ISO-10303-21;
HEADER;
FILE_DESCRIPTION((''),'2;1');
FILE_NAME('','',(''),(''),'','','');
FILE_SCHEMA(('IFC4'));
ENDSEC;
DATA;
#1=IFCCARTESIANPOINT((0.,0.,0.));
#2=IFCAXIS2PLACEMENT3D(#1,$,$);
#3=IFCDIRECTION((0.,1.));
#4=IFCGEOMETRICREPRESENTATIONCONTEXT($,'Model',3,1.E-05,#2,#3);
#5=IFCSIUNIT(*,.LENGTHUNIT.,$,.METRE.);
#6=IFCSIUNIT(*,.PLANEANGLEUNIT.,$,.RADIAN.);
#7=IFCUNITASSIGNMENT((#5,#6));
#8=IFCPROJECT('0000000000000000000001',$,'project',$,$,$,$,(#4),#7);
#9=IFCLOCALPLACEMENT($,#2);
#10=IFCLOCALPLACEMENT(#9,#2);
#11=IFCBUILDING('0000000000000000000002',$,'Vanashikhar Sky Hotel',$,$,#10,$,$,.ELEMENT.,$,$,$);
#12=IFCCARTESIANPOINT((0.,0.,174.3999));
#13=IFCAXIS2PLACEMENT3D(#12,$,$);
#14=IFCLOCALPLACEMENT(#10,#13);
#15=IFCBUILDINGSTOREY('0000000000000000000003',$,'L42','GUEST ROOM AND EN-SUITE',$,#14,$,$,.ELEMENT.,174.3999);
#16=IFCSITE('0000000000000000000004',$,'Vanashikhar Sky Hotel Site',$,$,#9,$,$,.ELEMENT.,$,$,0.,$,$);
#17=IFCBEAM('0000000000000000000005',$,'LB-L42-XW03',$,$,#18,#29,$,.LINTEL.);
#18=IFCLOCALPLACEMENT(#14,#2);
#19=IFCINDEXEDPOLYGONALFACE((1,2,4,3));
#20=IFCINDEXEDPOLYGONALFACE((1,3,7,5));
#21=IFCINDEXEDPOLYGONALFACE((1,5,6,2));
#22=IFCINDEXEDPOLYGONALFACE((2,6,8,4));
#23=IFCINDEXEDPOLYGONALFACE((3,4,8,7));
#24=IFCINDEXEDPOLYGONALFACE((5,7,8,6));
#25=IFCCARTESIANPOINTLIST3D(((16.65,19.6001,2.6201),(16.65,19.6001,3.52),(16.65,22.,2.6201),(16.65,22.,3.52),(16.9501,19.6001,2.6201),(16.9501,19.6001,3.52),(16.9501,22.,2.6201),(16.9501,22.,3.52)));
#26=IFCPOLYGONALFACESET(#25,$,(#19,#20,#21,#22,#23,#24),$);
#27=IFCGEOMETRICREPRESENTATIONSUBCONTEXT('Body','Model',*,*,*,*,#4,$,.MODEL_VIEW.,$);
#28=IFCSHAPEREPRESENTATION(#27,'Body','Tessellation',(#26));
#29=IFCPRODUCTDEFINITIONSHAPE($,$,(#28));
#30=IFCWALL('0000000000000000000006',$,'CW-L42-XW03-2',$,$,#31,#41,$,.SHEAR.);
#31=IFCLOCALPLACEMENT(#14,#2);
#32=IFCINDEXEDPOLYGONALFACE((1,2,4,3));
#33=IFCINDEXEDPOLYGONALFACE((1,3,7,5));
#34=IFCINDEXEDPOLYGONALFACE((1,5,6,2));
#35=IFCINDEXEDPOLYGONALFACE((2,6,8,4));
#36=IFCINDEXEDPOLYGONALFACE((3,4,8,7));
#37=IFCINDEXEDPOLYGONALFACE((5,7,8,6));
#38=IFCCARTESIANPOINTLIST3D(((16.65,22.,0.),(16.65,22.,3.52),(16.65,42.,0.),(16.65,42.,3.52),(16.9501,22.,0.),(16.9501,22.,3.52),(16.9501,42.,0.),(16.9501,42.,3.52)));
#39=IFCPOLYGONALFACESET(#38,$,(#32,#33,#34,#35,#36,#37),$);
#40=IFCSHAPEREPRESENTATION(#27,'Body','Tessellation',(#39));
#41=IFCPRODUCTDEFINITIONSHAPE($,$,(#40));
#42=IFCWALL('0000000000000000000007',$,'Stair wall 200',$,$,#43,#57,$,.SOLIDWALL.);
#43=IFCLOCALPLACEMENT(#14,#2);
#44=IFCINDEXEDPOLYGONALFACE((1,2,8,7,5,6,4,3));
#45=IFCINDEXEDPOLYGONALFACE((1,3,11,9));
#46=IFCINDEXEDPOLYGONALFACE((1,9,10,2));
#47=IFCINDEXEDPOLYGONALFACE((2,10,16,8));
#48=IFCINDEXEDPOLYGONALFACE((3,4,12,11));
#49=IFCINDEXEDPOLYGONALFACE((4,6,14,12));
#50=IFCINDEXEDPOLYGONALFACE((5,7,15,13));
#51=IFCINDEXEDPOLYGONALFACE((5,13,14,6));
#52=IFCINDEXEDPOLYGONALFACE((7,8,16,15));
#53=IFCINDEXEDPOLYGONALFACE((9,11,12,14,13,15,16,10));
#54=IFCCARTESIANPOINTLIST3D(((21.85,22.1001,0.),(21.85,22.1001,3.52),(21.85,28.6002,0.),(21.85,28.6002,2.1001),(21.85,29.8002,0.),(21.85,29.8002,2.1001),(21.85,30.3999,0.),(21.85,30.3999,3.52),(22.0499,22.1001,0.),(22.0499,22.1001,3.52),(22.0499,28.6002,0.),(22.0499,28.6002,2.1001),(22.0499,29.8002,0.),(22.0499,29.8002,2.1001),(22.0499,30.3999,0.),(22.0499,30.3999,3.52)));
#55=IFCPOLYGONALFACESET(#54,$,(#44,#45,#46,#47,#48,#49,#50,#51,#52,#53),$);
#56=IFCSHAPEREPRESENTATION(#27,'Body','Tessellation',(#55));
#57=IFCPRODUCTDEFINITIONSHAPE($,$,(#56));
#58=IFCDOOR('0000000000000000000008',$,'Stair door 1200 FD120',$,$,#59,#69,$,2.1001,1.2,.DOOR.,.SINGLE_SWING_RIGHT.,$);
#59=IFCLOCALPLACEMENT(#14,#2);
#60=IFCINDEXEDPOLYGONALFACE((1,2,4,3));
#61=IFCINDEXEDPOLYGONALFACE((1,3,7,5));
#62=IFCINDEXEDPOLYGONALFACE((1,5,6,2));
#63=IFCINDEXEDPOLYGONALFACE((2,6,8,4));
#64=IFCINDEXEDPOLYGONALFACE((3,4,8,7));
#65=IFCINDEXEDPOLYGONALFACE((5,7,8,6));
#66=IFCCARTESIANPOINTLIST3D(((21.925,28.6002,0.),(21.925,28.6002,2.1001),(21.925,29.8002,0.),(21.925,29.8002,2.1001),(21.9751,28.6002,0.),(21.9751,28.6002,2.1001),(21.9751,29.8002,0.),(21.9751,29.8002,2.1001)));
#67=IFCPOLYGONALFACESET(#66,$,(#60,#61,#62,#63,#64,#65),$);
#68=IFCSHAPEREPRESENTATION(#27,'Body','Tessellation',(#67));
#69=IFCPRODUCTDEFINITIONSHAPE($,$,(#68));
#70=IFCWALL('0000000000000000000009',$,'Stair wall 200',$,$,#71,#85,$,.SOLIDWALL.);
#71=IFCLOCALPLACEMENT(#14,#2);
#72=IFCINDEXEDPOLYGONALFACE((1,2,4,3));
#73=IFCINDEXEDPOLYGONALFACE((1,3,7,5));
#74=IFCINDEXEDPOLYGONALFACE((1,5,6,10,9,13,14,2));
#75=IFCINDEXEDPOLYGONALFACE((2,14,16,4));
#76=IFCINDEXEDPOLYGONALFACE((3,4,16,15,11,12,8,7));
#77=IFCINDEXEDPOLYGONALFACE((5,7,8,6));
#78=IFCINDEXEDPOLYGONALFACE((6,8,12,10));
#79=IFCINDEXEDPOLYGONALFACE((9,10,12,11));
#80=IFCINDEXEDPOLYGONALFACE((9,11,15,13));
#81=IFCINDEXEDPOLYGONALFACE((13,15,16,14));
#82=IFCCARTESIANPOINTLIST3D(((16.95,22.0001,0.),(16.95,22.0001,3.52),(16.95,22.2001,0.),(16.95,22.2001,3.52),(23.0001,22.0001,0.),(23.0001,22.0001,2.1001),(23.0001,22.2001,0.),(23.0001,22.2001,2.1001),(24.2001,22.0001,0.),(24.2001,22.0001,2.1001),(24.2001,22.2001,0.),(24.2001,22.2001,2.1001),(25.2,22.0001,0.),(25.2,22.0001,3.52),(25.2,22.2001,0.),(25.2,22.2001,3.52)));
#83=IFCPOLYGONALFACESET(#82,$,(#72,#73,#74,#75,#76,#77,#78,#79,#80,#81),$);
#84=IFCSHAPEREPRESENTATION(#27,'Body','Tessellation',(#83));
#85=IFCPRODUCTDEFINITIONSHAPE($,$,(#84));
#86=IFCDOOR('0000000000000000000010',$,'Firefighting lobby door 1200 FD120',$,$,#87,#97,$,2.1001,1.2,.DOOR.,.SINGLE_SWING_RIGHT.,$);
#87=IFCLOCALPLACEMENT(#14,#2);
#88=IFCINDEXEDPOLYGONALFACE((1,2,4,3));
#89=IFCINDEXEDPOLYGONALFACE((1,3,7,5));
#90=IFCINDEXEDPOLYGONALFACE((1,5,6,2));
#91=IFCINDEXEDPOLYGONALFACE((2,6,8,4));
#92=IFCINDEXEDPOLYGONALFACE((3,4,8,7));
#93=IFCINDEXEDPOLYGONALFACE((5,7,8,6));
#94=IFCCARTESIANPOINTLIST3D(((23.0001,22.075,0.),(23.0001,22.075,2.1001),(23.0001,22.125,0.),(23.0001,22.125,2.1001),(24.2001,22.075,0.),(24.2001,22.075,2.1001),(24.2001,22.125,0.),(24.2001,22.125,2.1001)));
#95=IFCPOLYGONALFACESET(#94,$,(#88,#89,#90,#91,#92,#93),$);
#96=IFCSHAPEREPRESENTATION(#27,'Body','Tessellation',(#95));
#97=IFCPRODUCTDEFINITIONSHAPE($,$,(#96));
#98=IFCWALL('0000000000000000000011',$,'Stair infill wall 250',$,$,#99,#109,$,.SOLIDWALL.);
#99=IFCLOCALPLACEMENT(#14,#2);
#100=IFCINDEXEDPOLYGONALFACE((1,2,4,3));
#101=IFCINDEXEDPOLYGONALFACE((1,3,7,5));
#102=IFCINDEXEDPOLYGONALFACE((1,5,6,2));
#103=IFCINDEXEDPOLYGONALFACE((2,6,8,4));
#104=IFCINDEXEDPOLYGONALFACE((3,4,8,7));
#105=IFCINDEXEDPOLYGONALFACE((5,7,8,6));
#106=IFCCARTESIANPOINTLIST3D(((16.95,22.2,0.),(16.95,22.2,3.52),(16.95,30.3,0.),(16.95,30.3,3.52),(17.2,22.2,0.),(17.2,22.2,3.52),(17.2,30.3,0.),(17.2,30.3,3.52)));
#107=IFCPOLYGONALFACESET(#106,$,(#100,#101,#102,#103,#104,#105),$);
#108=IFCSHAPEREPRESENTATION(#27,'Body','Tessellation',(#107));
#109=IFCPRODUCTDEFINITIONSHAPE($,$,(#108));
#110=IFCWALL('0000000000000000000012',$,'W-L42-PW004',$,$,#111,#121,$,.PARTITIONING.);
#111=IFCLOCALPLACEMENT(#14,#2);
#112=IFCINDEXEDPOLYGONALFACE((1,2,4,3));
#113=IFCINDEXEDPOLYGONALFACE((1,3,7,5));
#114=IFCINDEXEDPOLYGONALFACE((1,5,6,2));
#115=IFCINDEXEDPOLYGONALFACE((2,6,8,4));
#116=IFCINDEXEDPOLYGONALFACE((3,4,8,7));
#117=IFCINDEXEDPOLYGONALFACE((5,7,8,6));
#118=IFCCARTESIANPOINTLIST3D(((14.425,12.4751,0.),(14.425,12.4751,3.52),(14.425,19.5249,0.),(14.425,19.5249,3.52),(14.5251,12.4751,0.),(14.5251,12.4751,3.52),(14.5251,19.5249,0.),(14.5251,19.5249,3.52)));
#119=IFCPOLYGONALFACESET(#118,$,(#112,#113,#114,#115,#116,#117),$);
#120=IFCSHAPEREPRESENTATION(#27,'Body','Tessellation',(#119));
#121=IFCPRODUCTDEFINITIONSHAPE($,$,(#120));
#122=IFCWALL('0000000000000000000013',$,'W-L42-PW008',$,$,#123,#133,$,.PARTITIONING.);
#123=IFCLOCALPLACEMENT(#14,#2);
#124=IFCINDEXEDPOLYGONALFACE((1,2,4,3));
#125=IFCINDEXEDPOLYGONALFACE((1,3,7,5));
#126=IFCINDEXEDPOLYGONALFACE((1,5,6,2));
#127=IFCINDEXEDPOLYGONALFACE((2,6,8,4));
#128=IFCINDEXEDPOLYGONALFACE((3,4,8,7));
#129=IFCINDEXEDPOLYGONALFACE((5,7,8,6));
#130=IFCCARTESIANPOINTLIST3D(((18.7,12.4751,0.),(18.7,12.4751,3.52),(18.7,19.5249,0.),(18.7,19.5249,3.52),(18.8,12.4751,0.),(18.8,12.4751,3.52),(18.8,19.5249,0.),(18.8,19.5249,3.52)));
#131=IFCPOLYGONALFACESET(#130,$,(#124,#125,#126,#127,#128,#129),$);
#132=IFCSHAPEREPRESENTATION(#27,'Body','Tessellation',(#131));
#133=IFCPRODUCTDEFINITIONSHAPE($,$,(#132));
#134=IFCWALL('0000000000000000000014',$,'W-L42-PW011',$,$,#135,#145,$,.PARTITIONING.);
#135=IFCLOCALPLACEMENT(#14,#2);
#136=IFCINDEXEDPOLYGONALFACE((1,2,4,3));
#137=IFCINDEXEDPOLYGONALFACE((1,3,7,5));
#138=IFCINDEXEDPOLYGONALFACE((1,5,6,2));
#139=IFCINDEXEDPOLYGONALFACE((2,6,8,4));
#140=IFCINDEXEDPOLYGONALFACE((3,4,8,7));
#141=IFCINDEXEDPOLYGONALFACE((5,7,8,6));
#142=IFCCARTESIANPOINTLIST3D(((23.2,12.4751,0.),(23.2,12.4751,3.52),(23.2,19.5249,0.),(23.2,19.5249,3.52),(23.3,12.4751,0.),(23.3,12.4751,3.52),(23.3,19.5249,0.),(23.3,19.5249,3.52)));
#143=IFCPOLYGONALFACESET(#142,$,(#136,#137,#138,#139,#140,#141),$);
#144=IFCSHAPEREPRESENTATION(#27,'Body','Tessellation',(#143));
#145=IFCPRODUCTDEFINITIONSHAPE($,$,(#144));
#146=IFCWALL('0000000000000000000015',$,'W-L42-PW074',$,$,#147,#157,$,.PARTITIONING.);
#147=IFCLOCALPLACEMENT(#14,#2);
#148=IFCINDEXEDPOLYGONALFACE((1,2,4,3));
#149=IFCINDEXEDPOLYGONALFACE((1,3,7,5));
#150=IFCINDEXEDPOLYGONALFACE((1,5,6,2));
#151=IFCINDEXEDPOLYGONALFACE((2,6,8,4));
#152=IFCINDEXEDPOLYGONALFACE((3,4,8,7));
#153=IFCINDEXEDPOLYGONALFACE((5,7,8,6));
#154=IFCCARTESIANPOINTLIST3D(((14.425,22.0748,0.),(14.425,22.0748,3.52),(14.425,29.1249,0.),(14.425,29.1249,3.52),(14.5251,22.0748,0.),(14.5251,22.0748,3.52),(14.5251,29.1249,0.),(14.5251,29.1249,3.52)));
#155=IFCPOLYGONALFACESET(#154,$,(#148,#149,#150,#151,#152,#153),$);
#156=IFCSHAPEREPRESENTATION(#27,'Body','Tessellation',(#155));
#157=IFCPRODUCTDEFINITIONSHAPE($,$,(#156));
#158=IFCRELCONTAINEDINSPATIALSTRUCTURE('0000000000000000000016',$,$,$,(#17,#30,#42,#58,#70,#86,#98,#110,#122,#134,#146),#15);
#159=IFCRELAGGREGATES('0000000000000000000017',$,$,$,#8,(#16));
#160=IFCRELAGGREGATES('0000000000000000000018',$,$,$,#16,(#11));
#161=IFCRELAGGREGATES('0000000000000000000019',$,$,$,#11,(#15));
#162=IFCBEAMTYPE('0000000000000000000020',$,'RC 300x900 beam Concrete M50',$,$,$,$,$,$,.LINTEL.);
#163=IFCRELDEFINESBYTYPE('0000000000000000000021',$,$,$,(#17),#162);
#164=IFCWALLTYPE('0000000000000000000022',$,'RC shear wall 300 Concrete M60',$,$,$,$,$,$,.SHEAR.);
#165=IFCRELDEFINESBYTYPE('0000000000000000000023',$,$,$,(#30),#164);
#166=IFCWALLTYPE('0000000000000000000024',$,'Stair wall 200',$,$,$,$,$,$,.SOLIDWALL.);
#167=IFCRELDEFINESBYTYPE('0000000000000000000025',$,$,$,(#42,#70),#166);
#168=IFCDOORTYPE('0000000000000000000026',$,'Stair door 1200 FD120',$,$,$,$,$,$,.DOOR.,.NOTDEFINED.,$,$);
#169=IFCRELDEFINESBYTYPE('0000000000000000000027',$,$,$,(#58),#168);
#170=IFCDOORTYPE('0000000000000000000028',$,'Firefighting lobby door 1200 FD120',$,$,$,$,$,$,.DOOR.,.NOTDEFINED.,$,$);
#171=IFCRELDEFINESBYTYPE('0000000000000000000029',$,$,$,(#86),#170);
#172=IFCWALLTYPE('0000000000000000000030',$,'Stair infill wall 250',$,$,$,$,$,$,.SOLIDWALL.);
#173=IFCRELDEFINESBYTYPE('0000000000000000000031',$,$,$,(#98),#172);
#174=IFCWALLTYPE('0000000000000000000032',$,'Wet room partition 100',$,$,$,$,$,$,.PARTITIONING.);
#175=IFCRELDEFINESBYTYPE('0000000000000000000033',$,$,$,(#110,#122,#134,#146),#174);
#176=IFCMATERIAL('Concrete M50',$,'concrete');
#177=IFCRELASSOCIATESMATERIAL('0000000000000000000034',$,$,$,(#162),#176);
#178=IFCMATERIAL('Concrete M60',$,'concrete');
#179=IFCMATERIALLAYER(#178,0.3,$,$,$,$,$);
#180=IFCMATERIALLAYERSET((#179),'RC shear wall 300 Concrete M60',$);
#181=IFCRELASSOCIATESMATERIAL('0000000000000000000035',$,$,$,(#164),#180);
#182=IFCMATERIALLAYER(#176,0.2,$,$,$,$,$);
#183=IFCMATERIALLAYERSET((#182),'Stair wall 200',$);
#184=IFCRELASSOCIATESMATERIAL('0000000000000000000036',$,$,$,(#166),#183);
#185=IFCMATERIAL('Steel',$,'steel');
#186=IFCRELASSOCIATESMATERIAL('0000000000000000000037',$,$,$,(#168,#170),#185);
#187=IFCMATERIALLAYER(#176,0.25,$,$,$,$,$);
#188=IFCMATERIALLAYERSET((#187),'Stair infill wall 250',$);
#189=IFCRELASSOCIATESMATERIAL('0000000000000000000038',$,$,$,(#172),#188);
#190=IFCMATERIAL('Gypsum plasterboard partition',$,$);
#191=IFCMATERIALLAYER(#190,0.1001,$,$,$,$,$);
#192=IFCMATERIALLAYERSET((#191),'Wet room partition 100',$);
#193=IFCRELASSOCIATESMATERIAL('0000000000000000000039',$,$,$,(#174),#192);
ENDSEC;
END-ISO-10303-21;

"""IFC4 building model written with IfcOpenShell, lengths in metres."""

from ifc_helpers import new_model, si_unit, direction, frame, frame_2d, origin, origin_2d, place, context, subcontext, project, spatial, rectangle, extrude, source, transform, mapped, material, layer, layer_set, material_profile, profile_set, type_object, element, fill, save


model = new_model("IFC4")

# Units and contexts
model_context = context("Model", 3, precision=1e-05, world=origin(), true_north=direction((0.0, 1.0)))
body_context = subcontext(model_context, "Body", "Model", "MODEL_VIEW")
ifc_project = project(units=[si_unit("LENGTHUNIT", "METRE"), si_unit("PLANEANGLEUNIT", "RADIAN")], contexts=[model_context])

# Site, building, storey
site_placement = place(None, origin())
site = spatial("IfcSite", under=ifc_project, at=site_placement, Name="Vanashikhar Sky Hotel Site", CompositionType="ELEMENT", RefElevation=0.0)
building_placement = place(site_placement, origin())
building = spatial("IfcBuilding", under=site, at=building_placement, Name="Vanashikhar Sky Hotel", CompositionType="ELEMENT")
storey_placement = place(building_placement, frame((0.0, 0.0, 174.3999)))
storey = spatial("IfcBuildingStorey", under=building, at=storey_placement, Name="L42", Description="GUEST ROOM AND EN-SUITE", CompositionType="ELEMENT", Elevation=174.3999)

# Beam
ifc_material_1 = material(Name="Concrete M50", Category="concrete")
ifc_material_profile = material_profile(ifc_material_1, rectangle(XDim=0.3, YDim=0.8999, at=origin_2d()))
ifc_profile_set = profile_set([ifc_material_profile], Name="RC 300x900 beam Concrete M50")
beam_type = type_object("IfcBeamType", Name="RC 300x900 beam Concrete M50", PredefinedType="LINTEL", material=ifc_profile_set)
shared_shape_1 = source(origin(), body_context, "Body", "SweptSolid", [
    extrude(rectangle(XDim=0.3, YDim=0.8999, at=origin_2d()), origin(), (0.0, 0.0, 1.0), 2.3999),
])
beam_placement = place(storey_placement, frame((16.8, 19.6001, 3.0701), z_axis=(0.0, 1.0, 0.0), x_axis=(-1.0, 0.0, 0.0)))
element("IfcBeam", 1, at=beam_placement, inside=storey, type_object=beam_type, Name="LB-L42-XW03", PredefinedType="LINTEL", context=body_context, shape_type="MappedRepresentation", body=[
    mapped(shared_shape_1, transform((0.0, 0.0, 0.0), scale=1.0)),
])

# Wall
ifc_material_2 = material(Name="Concrete M60", Category="concrete")
ifc_layer_1 = layer(ifc_material_2, 0.3)
ifc_layer_set_1 = layer_set([ifc_layer_1], Name="RC shear wall 300 Concrete M60")
wall_type_1 = type_object("IfcWallType", Name="RC shear wall 300 Concrete M60", PredefinedType="SHEAR", material=ifc_layer_set_1)
shared_shape_2 = source(origin(), body_context, "Body", "SweptSolid", [
    extrude(rectangle(XDim=20.0, YDim=0.3, at=frame_2d((10.0, 0.0))), origin(), (0.0, 0.0, 1.0), 3.52),
])
wall_1_placement = place(storey_placement, frame((16.8, 22.0, 0.0), z_axis=(0.0, 0.0, 1.0), x_axis=(0.0, 1.0, 0.0)))
element("IfcWall", 2, at=wall_1_placement, inside=storey, type_object=wall_type_1, Name="CW-L42-XW03-2", PredefinedType="SHEAR", context=body_context, shape_type="MappedRepresentation", body=[
    mapped(shared_shape_2, transform((0.0, 0.0, 0.0), scale=1.0)),
])

# Walls, openings, doors
ifc_layer_2 = layer(ifc_material_1, 0.2)
ifc_layer_set_2 = layer_set([ifc_layer_2], Name="Stair wall 200")
wall_type_2 = type_object("IfcWallType", Name="Stair wall 200", PredefinedType="SOLIDWALL", material=ifc_layer_set_2)
shared_shape_3 = source(origin(), body_context, "Body", "SweptSolid", [
    extrude(rectangle(XDim=8.2998, YDim=0.2, at=frame_2d((4.1499, 0.0))), origin(), (0.0, 0.0, 1.0), 3.52),
])
wall_2_placement = place(storey_placement, frame((21.95, 22.1001, 0.0), z_axis=(0.0, 0.0, 1.0), x_axis=(0.0, 1.0, 0.0)))
wall_2 = element("IfcWall", 3, at=wall_2_placement, inside=storey, type_object=wall_type_2, Name="Stair wall 200", PredefinedType="SOLIDWALL", context=body_context, shape_type="MappedRepresentation", body=[
    mapped(shared_shape_3, transform((0.0, 0.0, 0.0), scale=1.0)),
])
shared_shape_4 = source(origin(), body_context, "Body", "SweptSolid", [
    extrude(rectangle(XDim=1.2, YDim=2.1001, at=frame_2d((0.6001, 1.05))), frame((0.0, 0.1099, 0.0), z_axis=(0.0, -1.0, 0.0), x_axis=(1.0, 0.0, 0.0)), (0.0, 0.0, 1.0), 0.22),
])
opening_1_placement = place(wall_2_placement, frame((6.5, 0.0, 0.0)))
opening_1 = element("IfcOpeningElement", 4, at=opening_1_placement, cuts=wall_2, PredefinedType="OPENING", context=body_context, shape_type="MappedRepresentation", body=[
    mapped(shared_shape_4, transform((0.0, 0.0, 0.0), scale=1.0)),
])
ifc_material_3 = material(Name="Steel", Category="steel")
door_type_1 = type_object("IfcDoorType", Name="Stair door 1200 FD120", OperationType="NOTDEFINED", PredefinedType="DOOR", material=ifc_material_3)
shared_shape_5 = source(origin(), body_context, "Body", "SweptSolid", [
    extrude(rectangle(XDim=1.2, YDim=2.1001, at=frame_2d((0.6001, 1.05))), frame((0.0, 0.0249, 0.0), z_axis=(0.0, -1.0, 0.0), x_axis=(1.0, 0.0, 0.0)), (0.0, 0.0, 1.0), 0.05),
])
door_1_placement = place(opening_1_placement, origin())
door_1 = element("IfcDoor", 5, at=door_1_placement, inside=storey, type_object=door_type_1, Name="Stair door 1200 FD120", OperationType="SINGLE_SWING_RIGHT", OverallHeight=2.1001, OverallWidth=1.2, PredefinedType="DOOR", context=body_context, shape_type="MappedRepresentation", body=[
    mapped(shared_shape_5, transform((0.0, 0.0, 0.0), scale=1.0)),
])
fill(opening_1, door_1)
shared_shape_6 = source(origin(), body_context, "Body", "SweptSolid", [
    extrude(rectangle(XDim=8.25, YDim=0.2, at=frame_2d((4.125, 0.0))), origin(), (0.0, 0.0, 1.0), 3.52),
])
wall_3_placement = place(storey_placement, frame((16.95, 22.1001, 0.0), z_axis=(0.0, 0.0, 1.0), x_axis=(1.0, 0.0, 0.0)))
wall_3 = element("IfcWall", 6, at=wall_3_placement, inside=storey, type_object=wall_type_2, Name="Stair wall 200", PredefinedType="SOLIDWALL", context=body_context, shape_type="MappedRepresentation", body=[
    mapped(shared_shape_6, transform((0.0, 0.0, 0.0), scale=1.0)),
])
opening_2_placement = place(wall_3_placement, frame((6.05, 0.0, 0.0)))
opening_2 = element("IfcOpeningElement", 7, at=opening_2_placement, cuts=wall_3, PredefinedType="OPENING", context=body_context, shape_type="MappedRepresentation", body=[
    mapped(shared_shape_4, transform((0.0, 0.0, 0.0), scale=1.0)),
])
door_type_2 = type_object("IfcDoorType", Name="Firefighting lobby door 1200 FD120", OperationType="NOTDEFINED", PredefinedType="DOOR", material=ifc_material_3)
door_2_placement = place(opening_2_placement, origin())
door_2 = element("IfcDoor", 8, at=door_2_placement, inside=storey, type_object=door_type_2, Name="Firefighting lobby door 1200 FD120", OperationType="SINGLE_SWING_RIGHT", OverallHeight=2.1001, OverallWidth=1.2, PredefinedType="DOOR", context=body_context, shape_type="MappedRepresentation", body=[
    mapped(shared_shape_5, transform((0.0, 0.0, 0.0), scale=1.0)),
])
fill(opening_2, door_2)

# Walls
ifc_layer_3 = layer(ifc_material_1, 0.25)
ifc_layer_set_3 = layer_set([ifc_layer_3], Name="Stair infill wall 250")
wall_type_3 = type_object("IfcWallType", Name="Stair infill wall 250", PredefinedType="SOLIDWALL", material=ifc_layer_set_3)
shared_shape_7 = source(origin(), body_context, "Body", "SweptSolid", [
    extrude(rectangle(XDim=8.1001, YDim=0.25, at=frame_2d((4.05, 0.0))), origin(), (0.0, 0.0, 1.0), 3.52),
])
wall_4_placement = place(storey_placement, frame((17.075, 22.2, 0.0), z_axis=(0.0, 0.0, 1.0), x_axis=(0.0, 1.0, 0.0)))
element("IfcWall", 9, at=wall_4_placement, inside=storey, type_object=wall_type_3, Name="Stair infill wall 250", PredefinedType="SOLIDWALL", context=body_context, shape_type="MappedRepresentation", body=[
    mapped(shared_shape_7, transform((0.0, 0.0, 0.0), scale=1.0)),
])
ifc_material_4 = material(Name="Gypsum plasterboard partition")
ifc_layer_4 = layer(ifc_material_4, 0.1001)
ifc_layer_set_4 = layer_set([ifc_layer_4], Name="Wet room partition 100")
wall_type_4 = type_object("IfcWallType", Name="Wet room partition 100", PredefinedType="PARTITIONING", material=ifc_layer_set_4)
shared_shape_8 = source(origin(), body_context, "Body", "SweptSolid", [
    extrude(rectangle(XDim=7.0498, YDim=0.1001, at=frame_2d((3.5249, 0.0))), origin(), (0.0, 0.0, 1.0), 3.52),
])
for number, where, z_axis, x_axis, name in (
    (10, (14.4751, 12.4751, 0.0), (0.0, 0.0, 1.0), (0.0, 1.0, 0.0), "W-L42-PW004"),
    (11, (18.75, 12.4751, 0.0), (0.0, 0.0, 1.0), (0.0, 1.0, 0.0), "W-L42-PW008"),
    (12, (23.25, 12.4751, 0.0), (0.0, 0.0, 1.0), (0.0, 1.0, 0.0), "W-L42-PW011"),
):
    element("IfcWall", number, at=place(storey_placement, frame(where, z_axis=z_axis, x_axis=x_axis)), inside=storey, type_object=wall_type_4, Name=name, PredefinedType="PARTITIONING", context=body_context, shape_type="MappedRepresentation", body=[
        mapped(shared_shape_8, transform((0.0, 0.0, 0.0), scale=1.0)),
    ])
shared_shape_9 = source(origin(), body_context, "Body", "SweptSolid", [
    extrude(rectangle(XDim=7.05, YDim=0.1001, at=frame_2d((3.5249, 0.0))), origin(), (0.0, 0.0, 1.0), 3.52),
])
wall_5_placement = place(storey_placement, frame((14.4751, 22.075, 0.0), z_axis=(0.0, 0.0, 1.0), x_axis=(0.0, 1.0, 0.0)))
element("IfcWall", 13, at=wall_5_placement, inside=storey, type_object=wall_type_4, Name="W-L42-PW074", PredefinedType="PARTITIONING", context=body_context, shape_type="MappedRepresentation", body=[
    mapped(shared_shape_9, transform((0.0, 0.0, 0.0), scale=1.0)),
])

save(model, "model.ifc")
